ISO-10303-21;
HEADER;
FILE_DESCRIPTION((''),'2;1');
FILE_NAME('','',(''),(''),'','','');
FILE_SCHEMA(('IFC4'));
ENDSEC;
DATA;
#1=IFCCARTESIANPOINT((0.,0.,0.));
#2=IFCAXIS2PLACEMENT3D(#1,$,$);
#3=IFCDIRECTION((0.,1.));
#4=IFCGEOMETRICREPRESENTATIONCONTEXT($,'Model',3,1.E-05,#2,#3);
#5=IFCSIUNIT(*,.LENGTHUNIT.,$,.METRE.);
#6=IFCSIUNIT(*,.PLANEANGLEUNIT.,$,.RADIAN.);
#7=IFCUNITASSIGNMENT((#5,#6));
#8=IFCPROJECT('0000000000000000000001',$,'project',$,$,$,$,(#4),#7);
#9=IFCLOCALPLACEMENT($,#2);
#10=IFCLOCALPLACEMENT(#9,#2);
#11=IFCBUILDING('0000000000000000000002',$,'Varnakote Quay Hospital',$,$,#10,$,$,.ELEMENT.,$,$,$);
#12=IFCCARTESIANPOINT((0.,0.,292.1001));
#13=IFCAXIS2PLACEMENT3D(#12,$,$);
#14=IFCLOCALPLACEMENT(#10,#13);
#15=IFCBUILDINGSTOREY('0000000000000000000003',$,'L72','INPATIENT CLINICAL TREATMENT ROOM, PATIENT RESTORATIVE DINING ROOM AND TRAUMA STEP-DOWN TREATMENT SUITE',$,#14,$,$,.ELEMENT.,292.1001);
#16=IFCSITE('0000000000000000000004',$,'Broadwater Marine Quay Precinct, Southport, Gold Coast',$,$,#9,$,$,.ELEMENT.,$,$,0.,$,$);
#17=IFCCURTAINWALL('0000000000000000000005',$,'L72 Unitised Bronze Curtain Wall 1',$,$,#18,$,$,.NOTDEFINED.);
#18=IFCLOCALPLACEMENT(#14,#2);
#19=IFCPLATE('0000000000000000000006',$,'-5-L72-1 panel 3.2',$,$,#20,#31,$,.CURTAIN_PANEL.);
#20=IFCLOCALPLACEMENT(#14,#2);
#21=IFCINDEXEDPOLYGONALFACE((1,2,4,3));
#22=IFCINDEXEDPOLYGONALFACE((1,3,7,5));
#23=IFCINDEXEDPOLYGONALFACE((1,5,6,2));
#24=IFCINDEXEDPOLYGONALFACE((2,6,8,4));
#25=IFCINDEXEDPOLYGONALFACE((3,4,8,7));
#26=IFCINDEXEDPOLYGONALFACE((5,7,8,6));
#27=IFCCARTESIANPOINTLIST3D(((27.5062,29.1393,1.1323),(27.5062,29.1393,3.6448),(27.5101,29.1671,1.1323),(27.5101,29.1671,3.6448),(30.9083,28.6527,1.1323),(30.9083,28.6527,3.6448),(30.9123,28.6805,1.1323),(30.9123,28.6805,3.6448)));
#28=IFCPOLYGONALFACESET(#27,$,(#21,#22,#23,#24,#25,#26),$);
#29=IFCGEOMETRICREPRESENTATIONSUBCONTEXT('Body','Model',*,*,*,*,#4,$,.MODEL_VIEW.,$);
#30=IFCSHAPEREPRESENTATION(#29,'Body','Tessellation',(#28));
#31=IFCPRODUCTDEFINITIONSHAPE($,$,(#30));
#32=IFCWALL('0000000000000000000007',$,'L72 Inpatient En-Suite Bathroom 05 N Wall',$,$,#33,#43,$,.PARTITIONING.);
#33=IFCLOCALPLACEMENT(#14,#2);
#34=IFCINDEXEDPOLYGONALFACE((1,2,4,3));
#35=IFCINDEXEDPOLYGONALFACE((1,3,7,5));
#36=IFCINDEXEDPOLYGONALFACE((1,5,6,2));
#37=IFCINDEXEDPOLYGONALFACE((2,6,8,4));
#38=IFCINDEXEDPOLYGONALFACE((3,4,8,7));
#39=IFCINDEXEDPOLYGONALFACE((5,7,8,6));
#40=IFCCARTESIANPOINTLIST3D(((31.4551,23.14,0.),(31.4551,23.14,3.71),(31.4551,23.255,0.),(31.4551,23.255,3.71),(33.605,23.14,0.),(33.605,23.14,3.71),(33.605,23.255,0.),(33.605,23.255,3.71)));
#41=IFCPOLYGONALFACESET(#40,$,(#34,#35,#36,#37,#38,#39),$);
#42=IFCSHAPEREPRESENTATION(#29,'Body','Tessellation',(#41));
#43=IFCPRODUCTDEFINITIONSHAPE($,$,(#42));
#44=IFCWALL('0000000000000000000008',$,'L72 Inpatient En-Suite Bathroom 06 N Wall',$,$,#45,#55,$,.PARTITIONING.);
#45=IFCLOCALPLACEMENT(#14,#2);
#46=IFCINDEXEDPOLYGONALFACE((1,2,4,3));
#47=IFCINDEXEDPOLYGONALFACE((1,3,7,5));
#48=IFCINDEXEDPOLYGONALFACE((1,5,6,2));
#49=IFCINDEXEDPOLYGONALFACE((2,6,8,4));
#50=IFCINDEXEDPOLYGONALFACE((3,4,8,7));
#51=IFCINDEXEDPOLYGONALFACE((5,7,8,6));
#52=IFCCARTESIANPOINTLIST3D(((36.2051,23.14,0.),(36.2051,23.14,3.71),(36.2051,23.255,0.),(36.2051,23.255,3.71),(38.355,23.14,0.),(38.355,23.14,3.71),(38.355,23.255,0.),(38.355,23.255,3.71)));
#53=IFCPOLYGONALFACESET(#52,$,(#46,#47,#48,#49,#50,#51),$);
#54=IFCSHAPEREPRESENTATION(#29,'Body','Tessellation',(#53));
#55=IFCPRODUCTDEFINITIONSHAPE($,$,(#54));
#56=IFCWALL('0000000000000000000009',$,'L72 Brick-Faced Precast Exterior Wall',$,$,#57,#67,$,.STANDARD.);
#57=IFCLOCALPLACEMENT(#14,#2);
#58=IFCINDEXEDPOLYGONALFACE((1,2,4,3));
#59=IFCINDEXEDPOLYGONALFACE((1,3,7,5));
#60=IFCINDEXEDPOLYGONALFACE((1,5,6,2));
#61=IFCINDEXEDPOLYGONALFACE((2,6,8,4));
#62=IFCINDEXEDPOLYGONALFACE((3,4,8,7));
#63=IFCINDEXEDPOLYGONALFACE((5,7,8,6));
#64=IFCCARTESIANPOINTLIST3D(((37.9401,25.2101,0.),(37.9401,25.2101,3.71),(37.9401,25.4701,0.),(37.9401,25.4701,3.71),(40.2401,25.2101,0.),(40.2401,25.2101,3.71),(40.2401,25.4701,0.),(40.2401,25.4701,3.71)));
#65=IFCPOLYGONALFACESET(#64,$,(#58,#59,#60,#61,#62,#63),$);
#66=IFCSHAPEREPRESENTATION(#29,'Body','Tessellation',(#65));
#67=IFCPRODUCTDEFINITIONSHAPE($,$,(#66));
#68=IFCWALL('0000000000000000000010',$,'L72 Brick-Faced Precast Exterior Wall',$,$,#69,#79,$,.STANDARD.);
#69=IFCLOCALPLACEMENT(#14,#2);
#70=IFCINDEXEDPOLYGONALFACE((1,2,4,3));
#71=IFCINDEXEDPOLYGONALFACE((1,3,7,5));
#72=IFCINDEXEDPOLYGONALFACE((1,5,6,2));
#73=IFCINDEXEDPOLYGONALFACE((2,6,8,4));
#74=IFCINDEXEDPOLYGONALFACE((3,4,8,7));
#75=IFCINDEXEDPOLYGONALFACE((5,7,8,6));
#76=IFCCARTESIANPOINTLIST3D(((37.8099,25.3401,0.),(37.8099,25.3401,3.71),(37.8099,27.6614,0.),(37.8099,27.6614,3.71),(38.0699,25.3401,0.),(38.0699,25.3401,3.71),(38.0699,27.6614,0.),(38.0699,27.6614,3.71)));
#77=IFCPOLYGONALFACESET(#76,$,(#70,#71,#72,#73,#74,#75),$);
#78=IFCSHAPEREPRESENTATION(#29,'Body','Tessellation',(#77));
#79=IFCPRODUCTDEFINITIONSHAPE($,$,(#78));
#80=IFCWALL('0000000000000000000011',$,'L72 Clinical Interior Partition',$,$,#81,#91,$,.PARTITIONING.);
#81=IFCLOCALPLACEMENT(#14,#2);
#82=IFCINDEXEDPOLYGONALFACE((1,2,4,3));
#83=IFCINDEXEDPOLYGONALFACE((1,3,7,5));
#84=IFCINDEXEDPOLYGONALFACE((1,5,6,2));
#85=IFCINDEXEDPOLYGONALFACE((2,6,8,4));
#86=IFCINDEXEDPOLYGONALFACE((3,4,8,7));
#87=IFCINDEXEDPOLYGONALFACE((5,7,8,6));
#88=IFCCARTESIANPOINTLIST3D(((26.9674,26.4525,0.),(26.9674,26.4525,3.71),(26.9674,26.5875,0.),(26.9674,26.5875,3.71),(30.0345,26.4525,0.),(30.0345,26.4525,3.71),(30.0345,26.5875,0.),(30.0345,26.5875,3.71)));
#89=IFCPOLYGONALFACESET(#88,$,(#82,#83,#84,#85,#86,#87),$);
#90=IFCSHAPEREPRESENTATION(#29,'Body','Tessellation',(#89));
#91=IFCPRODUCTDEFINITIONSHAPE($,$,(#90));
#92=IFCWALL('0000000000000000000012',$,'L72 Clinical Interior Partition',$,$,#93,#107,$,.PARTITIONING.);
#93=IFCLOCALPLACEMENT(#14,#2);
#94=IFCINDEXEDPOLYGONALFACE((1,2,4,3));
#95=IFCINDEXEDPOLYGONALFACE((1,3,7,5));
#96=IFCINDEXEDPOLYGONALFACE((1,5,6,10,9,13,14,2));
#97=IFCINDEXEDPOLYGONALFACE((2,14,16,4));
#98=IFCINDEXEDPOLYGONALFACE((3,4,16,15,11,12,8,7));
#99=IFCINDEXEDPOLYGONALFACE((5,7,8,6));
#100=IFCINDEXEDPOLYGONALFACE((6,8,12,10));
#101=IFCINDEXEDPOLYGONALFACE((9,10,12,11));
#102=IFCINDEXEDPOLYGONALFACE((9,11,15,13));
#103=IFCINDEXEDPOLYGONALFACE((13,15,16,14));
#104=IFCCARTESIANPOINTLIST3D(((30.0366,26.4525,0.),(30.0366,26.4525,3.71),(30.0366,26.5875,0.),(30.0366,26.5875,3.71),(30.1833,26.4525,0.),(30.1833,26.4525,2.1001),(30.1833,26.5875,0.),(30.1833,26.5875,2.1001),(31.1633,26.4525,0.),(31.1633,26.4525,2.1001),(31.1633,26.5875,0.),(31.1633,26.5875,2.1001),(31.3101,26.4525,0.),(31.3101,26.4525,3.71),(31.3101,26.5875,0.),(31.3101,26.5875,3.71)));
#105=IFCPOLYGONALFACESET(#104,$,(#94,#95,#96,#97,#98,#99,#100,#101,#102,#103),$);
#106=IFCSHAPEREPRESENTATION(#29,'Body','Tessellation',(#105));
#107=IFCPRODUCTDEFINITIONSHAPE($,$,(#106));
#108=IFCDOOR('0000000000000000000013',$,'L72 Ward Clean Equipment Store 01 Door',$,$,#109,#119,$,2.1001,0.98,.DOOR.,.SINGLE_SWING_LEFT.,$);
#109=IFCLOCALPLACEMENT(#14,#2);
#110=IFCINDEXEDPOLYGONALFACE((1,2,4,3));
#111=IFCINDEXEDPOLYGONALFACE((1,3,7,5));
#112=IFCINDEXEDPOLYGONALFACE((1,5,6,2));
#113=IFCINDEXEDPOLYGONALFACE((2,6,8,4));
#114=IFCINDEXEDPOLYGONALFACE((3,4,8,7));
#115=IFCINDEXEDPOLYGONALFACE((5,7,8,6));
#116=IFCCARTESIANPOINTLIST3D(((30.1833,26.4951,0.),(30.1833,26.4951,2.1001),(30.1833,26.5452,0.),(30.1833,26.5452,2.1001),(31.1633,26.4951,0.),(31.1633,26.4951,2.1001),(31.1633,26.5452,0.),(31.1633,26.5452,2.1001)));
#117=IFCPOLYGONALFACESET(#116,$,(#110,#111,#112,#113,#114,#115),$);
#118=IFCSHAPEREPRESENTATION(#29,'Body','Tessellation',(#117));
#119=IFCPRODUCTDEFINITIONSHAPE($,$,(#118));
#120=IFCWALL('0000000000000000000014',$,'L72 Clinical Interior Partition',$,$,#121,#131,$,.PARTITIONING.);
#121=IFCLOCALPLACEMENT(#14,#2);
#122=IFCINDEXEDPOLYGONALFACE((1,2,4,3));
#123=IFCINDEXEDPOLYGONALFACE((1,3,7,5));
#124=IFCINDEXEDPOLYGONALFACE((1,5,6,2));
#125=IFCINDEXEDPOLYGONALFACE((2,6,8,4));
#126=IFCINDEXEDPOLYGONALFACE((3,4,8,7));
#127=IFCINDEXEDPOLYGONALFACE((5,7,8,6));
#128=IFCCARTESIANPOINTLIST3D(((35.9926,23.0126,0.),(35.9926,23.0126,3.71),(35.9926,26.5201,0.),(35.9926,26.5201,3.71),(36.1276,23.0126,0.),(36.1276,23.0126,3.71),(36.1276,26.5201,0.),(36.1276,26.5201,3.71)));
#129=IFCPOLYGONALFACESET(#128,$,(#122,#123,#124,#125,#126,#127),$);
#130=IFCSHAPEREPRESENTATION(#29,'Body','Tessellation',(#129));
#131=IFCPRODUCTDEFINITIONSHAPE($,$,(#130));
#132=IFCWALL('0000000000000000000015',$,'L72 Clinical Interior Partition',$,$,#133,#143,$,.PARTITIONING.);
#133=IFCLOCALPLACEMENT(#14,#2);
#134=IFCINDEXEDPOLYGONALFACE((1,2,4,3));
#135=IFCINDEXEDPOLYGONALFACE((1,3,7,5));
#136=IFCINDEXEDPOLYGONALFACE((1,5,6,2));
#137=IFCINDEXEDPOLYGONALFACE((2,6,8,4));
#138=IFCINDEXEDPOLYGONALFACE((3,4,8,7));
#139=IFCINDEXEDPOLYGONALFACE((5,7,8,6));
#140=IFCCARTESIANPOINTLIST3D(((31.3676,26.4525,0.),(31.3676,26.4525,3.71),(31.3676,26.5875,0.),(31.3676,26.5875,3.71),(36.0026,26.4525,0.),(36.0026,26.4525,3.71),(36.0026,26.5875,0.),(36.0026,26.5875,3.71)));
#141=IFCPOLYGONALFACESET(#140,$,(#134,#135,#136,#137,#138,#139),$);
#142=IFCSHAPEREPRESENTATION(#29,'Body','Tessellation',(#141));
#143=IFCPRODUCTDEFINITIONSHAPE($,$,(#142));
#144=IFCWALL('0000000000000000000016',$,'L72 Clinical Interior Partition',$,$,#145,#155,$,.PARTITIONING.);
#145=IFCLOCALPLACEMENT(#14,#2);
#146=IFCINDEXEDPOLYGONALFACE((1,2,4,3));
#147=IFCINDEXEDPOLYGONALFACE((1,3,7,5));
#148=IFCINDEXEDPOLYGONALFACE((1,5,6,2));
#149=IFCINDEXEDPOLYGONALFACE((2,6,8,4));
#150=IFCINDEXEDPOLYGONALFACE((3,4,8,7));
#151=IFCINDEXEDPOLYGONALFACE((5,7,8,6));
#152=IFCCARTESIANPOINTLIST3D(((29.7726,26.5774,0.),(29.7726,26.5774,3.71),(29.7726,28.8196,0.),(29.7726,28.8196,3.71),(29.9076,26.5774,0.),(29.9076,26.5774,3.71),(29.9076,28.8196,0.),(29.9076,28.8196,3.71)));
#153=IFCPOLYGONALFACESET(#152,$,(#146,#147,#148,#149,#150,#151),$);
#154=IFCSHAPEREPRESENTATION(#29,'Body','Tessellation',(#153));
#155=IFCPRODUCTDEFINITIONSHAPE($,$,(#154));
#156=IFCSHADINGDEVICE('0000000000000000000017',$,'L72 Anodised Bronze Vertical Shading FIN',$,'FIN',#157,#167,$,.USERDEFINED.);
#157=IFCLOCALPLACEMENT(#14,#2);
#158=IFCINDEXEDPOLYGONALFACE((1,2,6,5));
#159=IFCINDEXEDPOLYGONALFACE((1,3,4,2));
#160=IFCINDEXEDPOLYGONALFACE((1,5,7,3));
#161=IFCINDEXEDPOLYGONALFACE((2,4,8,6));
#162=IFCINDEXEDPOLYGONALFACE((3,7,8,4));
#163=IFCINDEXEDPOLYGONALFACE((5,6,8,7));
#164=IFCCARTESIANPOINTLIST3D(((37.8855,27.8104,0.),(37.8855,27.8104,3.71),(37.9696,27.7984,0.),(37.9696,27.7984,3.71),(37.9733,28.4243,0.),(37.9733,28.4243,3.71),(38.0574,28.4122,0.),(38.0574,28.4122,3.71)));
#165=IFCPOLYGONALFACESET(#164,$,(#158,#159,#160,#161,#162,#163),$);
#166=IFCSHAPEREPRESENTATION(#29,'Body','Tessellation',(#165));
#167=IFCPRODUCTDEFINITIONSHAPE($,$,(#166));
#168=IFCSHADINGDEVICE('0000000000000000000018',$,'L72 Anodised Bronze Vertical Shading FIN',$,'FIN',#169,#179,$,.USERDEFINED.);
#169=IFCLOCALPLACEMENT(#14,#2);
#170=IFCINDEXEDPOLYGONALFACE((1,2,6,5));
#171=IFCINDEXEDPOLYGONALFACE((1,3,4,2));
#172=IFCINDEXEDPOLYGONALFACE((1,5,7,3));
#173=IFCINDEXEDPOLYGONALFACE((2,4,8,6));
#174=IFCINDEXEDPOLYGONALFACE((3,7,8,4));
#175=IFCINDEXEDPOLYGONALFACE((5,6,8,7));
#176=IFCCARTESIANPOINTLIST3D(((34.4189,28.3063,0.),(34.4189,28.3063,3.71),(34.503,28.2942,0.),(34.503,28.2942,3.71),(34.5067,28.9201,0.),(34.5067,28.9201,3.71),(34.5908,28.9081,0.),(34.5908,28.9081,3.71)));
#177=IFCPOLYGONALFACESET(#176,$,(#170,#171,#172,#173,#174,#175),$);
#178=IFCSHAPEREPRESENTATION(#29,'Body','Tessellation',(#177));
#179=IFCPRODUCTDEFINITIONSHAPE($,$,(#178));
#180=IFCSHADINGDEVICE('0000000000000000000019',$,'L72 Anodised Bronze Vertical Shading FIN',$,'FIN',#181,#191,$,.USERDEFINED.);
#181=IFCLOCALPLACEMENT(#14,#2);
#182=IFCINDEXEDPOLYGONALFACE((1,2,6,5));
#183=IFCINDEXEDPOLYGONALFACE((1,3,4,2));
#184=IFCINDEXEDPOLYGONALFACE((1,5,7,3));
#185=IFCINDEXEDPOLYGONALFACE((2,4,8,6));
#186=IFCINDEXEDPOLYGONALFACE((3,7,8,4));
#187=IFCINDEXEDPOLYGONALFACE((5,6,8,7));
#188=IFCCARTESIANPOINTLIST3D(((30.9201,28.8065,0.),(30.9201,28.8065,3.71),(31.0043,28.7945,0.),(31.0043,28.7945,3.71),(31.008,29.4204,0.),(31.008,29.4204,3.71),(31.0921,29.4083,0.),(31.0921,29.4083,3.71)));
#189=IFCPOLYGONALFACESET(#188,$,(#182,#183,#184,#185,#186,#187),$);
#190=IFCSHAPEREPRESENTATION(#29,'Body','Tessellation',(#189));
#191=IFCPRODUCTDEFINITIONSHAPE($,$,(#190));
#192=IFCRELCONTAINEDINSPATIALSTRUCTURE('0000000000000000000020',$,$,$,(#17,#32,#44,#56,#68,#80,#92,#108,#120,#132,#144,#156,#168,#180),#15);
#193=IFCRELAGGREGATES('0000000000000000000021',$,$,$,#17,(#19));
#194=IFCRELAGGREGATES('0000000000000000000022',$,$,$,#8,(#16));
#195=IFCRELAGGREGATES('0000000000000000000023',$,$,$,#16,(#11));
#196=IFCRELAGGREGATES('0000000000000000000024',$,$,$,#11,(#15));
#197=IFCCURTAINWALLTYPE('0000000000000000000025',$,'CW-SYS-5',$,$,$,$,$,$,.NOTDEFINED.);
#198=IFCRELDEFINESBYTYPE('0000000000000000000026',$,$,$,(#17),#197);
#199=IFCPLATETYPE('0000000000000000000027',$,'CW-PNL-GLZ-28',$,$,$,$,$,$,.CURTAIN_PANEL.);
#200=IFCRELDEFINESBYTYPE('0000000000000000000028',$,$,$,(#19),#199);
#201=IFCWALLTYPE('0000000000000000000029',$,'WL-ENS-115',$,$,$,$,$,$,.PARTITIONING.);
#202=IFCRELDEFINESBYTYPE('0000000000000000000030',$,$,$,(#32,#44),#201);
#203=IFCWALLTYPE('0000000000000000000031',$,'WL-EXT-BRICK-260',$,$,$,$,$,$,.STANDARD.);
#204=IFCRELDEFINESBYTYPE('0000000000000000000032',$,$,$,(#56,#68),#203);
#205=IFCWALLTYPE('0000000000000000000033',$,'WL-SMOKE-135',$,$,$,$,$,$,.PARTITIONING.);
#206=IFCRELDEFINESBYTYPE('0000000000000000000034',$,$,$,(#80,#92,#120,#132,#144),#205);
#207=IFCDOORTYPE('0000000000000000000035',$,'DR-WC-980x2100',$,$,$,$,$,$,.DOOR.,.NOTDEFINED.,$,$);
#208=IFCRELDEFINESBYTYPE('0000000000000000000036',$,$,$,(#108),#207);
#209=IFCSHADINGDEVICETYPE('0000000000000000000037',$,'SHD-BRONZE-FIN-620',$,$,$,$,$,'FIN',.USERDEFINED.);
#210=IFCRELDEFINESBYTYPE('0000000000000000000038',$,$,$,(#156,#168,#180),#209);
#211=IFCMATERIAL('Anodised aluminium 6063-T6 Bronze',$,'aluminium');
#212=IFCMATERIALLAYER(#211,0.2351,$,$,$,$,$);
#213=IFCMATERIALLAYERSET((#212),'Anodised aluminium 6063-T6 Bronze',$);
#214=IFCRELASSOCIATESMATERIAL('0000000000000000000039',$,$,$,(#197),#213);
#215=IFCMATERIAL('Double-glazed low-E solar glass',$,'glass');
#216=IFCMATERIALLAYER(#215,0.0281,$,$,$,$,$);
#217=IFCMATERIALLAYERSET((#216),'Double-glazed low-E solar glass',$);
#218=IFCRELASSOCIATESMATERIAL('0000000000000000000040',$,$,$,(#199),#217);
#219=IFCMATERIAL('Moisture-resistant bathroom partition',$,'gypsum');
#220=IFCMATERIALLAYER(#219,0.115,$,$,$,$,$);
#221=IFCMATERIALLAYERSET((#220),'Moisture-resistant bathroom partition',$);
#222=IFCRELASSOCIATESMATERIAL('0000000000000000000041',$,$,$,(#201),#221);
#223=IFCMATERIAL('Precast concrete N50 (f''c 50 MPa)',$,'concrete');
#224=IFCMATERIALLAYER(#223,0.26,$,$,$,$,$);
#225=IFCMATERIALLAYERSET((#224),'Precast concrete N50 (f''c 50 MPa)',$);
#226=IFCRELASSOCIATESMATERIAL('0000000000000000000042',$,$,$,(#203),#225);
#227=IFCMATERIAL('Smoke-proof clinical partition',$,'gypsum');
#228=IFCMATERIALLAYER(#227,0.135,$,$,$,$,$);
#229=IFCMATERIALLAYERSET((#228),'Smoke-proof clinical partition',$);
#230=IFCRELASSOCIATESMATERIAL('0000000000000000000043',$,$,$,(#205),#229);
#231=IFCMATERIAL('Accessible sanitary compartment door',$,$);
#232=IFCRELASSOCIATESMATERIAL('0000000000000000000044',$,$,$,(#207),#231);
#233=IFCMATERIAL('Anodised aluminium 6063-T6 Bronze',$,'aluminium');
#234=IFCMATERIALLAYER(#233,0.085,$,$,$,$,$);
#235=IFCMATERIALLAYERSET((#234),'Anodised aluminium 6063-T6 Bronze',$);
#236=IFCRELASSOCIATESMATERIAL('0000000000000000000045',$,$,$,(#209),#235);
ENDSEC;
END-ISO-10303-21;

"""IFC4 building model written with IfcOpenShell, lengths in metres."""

from ifc_helpers import new_model, si_unit, direction, frame, frame_2d, origin, origin_2d, place, context, subcontext, project, spatial, rectangle, extrude, material, layer, layer_set, type_object, element, fill, aggregate, save


model = new_model("IFC4")

# Units and contexts
model_context = context("Model", 3, precision=1e-05, world=origin(), true_north=direction((0.0, 1.0)))
body_context = subcontext(model_context, "Body", "Model", "MODEL_VIEW")
ifc_project = project(units=[si_unit("LENGTHUNIT", "METRE"), si_unit("PLANEANGLEUNIT", "RADIAN")], contexts=[model_context])

# Site, building, storey
site_placement = place(None, origin())
site = spatial("IfcSite", under=ifc_project, at=site_placement, Name="Broadwater Marine Quay Precinct, Southport, Gold Coast", CompositionType="ELEMENT", RefElevation=0.0)
building_placement = place(site_placement, origin())
building = spatial("IfcBuilding", under=site, at=building_placement, Name="Varnakote Quay Hospital", CompositionType="ELEMENT")
storey_placement = place(building_placement, frame((0.0, 0.0, 292.1001)))
storey = spatial("IfcBuildingStorey", under=building, at=storey_placement, Name="L72", Description="INPATIENT CLINICAL TREATMENT ROOM, PATIENT RESTORATIVE DINING ROOM AND TRAUMA STEP-DOWN TREATMENT SUITE", CompositionType="ELEMENT", Elevation=292.1001)

# Curtain wall, plate
ifc_material_1 = material(Name="Anodised aluminium 6063-T6 Bronze", Category="aluminium")
ifc_layer_1 = layer(ifc_material_1, 0.2351)
ifc_layer_set_1 = layer_set([ifc_layer_1], Name="Anodised aluminium 6063-T6 Bronze")
curtain_wall_type = type_object("IfcCurtainWallType", Name="CW-SYS-5", PredefinedType="NOTDEFINED", material=ifc_layer_set_1)
curtain_wall_placement = place(storey_placement, origin())
curtain_wall = element("IfcCurtainWall", 1, at=curtain_wall_placement, inside=storey, type_object=curtain_wall_type, Name="L72 Unitised Bronze Curtain Wall 1", PredefinedType="NOTDEFINED")
ifc_material_2 = material(Name="Double-glazed low-E solar glass", Category="glass")
ifc_layer_2 = layer(ifc_material_2, 0.0281)
ifc_layer_set_2 = layer_set([ifc_layer_2], Name="Double-glazed low-E solar glass")
plate_type = type_object("IfcPlateType", Name="CW-PNL-GLZ-28", PredefinedType="CURTAIN_PANEL", material=ifc_layer_set_2)
plate_1_placement = place(storey_placement, frame((29.2092, 28.9099, 1.1323), z_axis=(0.0, 0.0, 1.0), x_axis=(-0.989928, 0.141572, 0.0)))
plate_1 = element("IfcPlate", 2, at=plate_1_placement, type_object=plate_type, Name="-5-L72-1 panel 3.2", PredefinedType="CURTAIN_PANEL", context=body_context, shape_type="SweptSolid", body=[
    extrude(rectangle(XDim=3.4368, YDim=0.0281, at=origin_2d()), origin(), (0.0, 0.0, 1.0), 2.5125),
])
aggregate(curtain_wall, [plate_1])

# Walls
ifc_material_3 = material(Name="Moisture-resistant bathroom partition", Category="gypsum")
ifc_layer_3 = layer(ifc_material_3, 0.115)
ifc_layer_set_3 = layer_set([ifc_layer_3], Name="Moisture-resistant bathroom partition")
wall_type_1 = type_object("IfcWallType", Name="WL-ENS-115", PredefinedType="PARTITIONING", material=ifc_layer_set_3)
for number, where, z_axis, x_axis, name in (
    (3, (31.4551, 23.1975, 0.0), (0.0, 0.0, 1.0), (1.0, 0.0, 0.0), "L72 Inpatient En-Suite Bathroom 05 N Wall"),
    (4, (36.2051, 23.1975, 0.0), (0.0, 0.0, 1.0), (1.0, 0.0, 0.0), "L72 Inpatient En-Suite Bathroom 06 N Wall"),
):
    element("IfcWall", number, at=place(storey_placement, frame(where, z_axis=z_axis, x_axis=x_axis)), inside=storey, type_object=wall_type_1, Name=name, PredefinedType="PARTITIONING", context=body_context, shape_type="SweptSolid", body=[
        extrude(rectangle(XDim=2.1499, YDim=0.115, at=frame_2d((1.075, 0.0))), origin(), (0.0, 0.0, 1.0), 3.71),
    ])
ifc_material_4 = material(Name="Precast concrete N50 (f'c 50 MPa)", Category="concrete")
ifc_layer_4 = layer(ifc_material_4, 0.26)
ifc_layer_set_4 = layer_set([ifc_layer_4], Name="Precast concrete N50 (f'c 50 MPa)")
wall_type_2 = type_object("IfcWallType", Name="WL-EXT-BRICK-260", PredefinedType="STANDARD", material=ifc_layer_set_4)
wall_1_placement = place(storey_placement, frame((40.24, 25.3401, 0.0), z_axis=(0.0, 0.0, 1.0), x_axis=(-1.0, 0.0, 0.0)))
element("IfcWall", 5, at=wall_1_placement, inside=storey, type_object=wall_type_2, Name="L72 Brick-Faced Precast Exterior Wall", PredefinedType="STANDARD", context=body_context, shape_type="SweptSolid", body=[
    extrude(rectangle(XDim=2.3, YDim=0.26, at=frame_2d((1.1499, 0.0))), origin(), (0.0, 0.0, 1.0), 3.71),
])
wall_2_placement = place(storey_placement, frame((37.9399, 25.3401, 0.0), z_axis=(0.0, 0.0, 1.0), x_axis=(0.0, 1.0, 0.0)))
element("IfcWall", 6, at=wall_2_placement, inside=storey, type_object=wall_type_2, Name="L72 Brick-Faced Precast Exterior Wall", PredefinedType="STANDARD", context=body_context, shape_type="SweptSolid", body=[
    extrude(rectangle(XDim=2.3213, YDim=0.26, at=frame_2d((1.1606, 0.0))), origin(), (0.0, 0.0, 1.0), 3.71),
])
ifc_material_5 = material(Name="Smoke-proof clinical partition", Category="gypsum")
ifc_layer_5 = layer(ifc_material_5, 0.135)
ifc_layer_set_5 = layer_set([ifc_layer_5], Name="Smoke-proof clinical partition")
wall_type_3 = type_object("IfcWallType", Name="WL-SMOKE-135", PredefinedType="PARTITIONING", material=ifc_layer_set_5)
wall_3_placement = place(storey_placement, frame((30.0347, 26.52, 0.0), z_axis=(0.0, 0.0, 1.0), x_axis=(-1.0, 0.0, 0.0)))
element("IfcWall", 7, at=wall_3_placement, inside=storey, type_object=wall_type_3, Name="L72 Clinical Interior Partition", PredefinedType="PARTITIONING", context=body_context, shape_type="SweptSolid", body=[
    extrude(rectangle(XDim=3.0671, YDim=0.135, at=frame_2d((1.5337, 0.0))), origin(), (0.0, 0.0, 1.0), 3.71),
])

# Wall, opening, door
wall_4_placement = place(storey_placement, frame((31.3101, 26.52, 0.0), z_axis=(0.0, 0.0, 1.0), x_axis=(-1.0, 0.0, 0.0)))
wall_4 = element("IfcWall", 8, at=wall_4_placement, inside=storey, type_object=wall_type_3, Name="L72 Clinical Interior Partition", PredefinedType="PARTITIONING", context=body_context, shape_type="SweptSolid", body=[
    extrude(rectangle(XDim=1.2734, YDim=0.135, at=frame_2d((0.6367, 0.0))), origin(), (0.0, 0.0, 1.0), 3.71),
])
opening_placement = place(wall_4_placement, frame((0.1467, 0.0, 0.0)))
opening = element("IfcOpeningElement", 9, at=opening_placement, cuts=wall_4, PredefinedType="OPENING", context=body_context, shape_type="SweptSolid", body=[
    extrude(rectangle(XDim=0.98, YDim=2.1001, at=frame_2d((0.49, 1.05))), frame((0.0, 0.0774, 0.0), z_axis=(0.0, -1.0, 0.0), x_axis=(1.0, 0.0, 0.0)), (0.0, 0.0, 1.0), 0.155),
])
ifc_material_6 = material(Name="Accessible sanitary compartment door")
door_type = type_object("IfcDoorType", Name="DR-WC-980x2100", OperationType="NOTDEFINED", PredefinedType="DOOR", material=ifc_material_6)
door_placement = place(opening_placement, origin())
door = element("IfcDoor", 10, at=door_placement, inside=storey, type_object=door_type, Name="L72 Ward Clean Equipment Store 01 Door", OperationType="SINGLE_SWING_LEFT", OverallHeight=2.1001, OverallWidth=0.98, PredefinedType="DOOR", context=body_context, shape_type="SweptSolid", body=[
    extrude(rectangle(XDim=0.98, YDim=2.1001, at=frame_2d((0.49, 1.05))), frame((0.0, 0.0249, 0.0), z_axis=(0.0, -1.0, 0.0), x_axis=(1.0, 0.0, 0.0)), (0.0, 0.0, 1.0), 0.05),
])
fill(opening, door)

# Walls
wall_5_placement = place(storey_placement, frame((36.0601, 23.0125, 0.0), z_axis=(0.0, 0.0, 1.0), x_axis=(0.0, 1.0, 0.0)))
element("IfcWall", 11, at=wall_5_placement, inside=storey, type_object=wall_type_3, Name="L72 Clinical Interior Partition", PredefinedType="PARTITIONING", context=body_context, shape_type="SweptSolid", body=[
    extrude(rectangle(XDim=3.5076, YDim=0.135, at=frame_2d((1.7539, 0.0))), origin(), (0.0, 0.0, 1.0), 3.71),
])
wall_6_placement = place(storey_placement, frame((36.0024, 26.52, 0.0), z_axis=(0.0, 0.0, 1.0), x_axis=(-1.0, 0.0, 0.0)))
element("IfcWall", 12, at=wall_6_placement, inside=storey, type_object=wall_type_3, Name="L72 Clinical Interior Partition", PredefinedType="PARTITIONING", context=body_context, shape_type="SweptSolid", body=[
    extrude(rectangle(XDim=4.635, YDim=0.135, at=frame_2d((2.3174, 0.0))), origin(), (0.0, 0.0, 1.0), 3.71),
])
wall_7_placement = place(storey_placement, frame((29.8401, 26.5774, 0.0), z_axis=(0.0, 0.0, 1.0), x_axis=(0.0, 1.0, 0.0)))
element("IfcWall", 13, at=wall_7_placement, inside=storey, type_object=wall_type_3, Name="L72 Clinical Interior Partition", PredefinedType="PARTITIONING", context=body_context, shape_type="SweptSolid", body=[
    extrude(rectangle(XDim=2.2422, YDim=0.135, at=frame_2d((1.1211, 0.0))), origin(), (0.0, 0.0, 1.0), 3.71),
])

# Shading devices
ifc_material_7 = material(Name="Anodised aluminium 6063-T6 Bronze", Category="aluminium")
ifc_layer_6 = layer(ifc_material_7, 0.085)
ifc_layer_set_6 = layer_set([ifc_layer_6], Name="Anodised aluminium 6063-T6 Bronze")
shading_device_type = type_object("IfcShadingDeviceType", Name="SHD-BRONZE-FIN-620", ElementType="FIN", PredefinedType="USERDEFINED", material=ifc_layer_set_6)
for number, where, z_axis, x_axis, name in (
    (14, (37.9714, 28.1113, 0.0), (0.0, 0.0, 1.0), (-0.141592, -0.989925, 0.0), "L72 Anodised Bronze Vertical Shading FIN"),
    (15, (34.5049, 28.6072, 0.0), (0.0, 0.0, 1.0), (-0.141592, -0.989925, 0.0), "L72 Anodised Bronze Vertical Shading FIN"),
    (16, (31.0061, 29.1074, 0.0), (0.0, 0.0, 1.0), (-0.141592, -0.989925, 0.0), "L72 Anodised Bronze Vertical Shading FIN"),
):
    element("IfcShadingDevice", number, at=place(storey_placement, frame(where, z_axis=z_axis, x_axis=x_axis)), inside=storey, type_object=shading_device_type, Name=name, ObjectType="FIN", PredefinedType="USERDEFINED", context=body_context, shape_type="SweptSolid", body=[
        extrude(rectangle(XDim=0.6201, YDim=0.085, at=origin_2d()), origin(), (0.0, 0.0, 1.0), 3.71),
    ])

save(model, "model.ifc")
